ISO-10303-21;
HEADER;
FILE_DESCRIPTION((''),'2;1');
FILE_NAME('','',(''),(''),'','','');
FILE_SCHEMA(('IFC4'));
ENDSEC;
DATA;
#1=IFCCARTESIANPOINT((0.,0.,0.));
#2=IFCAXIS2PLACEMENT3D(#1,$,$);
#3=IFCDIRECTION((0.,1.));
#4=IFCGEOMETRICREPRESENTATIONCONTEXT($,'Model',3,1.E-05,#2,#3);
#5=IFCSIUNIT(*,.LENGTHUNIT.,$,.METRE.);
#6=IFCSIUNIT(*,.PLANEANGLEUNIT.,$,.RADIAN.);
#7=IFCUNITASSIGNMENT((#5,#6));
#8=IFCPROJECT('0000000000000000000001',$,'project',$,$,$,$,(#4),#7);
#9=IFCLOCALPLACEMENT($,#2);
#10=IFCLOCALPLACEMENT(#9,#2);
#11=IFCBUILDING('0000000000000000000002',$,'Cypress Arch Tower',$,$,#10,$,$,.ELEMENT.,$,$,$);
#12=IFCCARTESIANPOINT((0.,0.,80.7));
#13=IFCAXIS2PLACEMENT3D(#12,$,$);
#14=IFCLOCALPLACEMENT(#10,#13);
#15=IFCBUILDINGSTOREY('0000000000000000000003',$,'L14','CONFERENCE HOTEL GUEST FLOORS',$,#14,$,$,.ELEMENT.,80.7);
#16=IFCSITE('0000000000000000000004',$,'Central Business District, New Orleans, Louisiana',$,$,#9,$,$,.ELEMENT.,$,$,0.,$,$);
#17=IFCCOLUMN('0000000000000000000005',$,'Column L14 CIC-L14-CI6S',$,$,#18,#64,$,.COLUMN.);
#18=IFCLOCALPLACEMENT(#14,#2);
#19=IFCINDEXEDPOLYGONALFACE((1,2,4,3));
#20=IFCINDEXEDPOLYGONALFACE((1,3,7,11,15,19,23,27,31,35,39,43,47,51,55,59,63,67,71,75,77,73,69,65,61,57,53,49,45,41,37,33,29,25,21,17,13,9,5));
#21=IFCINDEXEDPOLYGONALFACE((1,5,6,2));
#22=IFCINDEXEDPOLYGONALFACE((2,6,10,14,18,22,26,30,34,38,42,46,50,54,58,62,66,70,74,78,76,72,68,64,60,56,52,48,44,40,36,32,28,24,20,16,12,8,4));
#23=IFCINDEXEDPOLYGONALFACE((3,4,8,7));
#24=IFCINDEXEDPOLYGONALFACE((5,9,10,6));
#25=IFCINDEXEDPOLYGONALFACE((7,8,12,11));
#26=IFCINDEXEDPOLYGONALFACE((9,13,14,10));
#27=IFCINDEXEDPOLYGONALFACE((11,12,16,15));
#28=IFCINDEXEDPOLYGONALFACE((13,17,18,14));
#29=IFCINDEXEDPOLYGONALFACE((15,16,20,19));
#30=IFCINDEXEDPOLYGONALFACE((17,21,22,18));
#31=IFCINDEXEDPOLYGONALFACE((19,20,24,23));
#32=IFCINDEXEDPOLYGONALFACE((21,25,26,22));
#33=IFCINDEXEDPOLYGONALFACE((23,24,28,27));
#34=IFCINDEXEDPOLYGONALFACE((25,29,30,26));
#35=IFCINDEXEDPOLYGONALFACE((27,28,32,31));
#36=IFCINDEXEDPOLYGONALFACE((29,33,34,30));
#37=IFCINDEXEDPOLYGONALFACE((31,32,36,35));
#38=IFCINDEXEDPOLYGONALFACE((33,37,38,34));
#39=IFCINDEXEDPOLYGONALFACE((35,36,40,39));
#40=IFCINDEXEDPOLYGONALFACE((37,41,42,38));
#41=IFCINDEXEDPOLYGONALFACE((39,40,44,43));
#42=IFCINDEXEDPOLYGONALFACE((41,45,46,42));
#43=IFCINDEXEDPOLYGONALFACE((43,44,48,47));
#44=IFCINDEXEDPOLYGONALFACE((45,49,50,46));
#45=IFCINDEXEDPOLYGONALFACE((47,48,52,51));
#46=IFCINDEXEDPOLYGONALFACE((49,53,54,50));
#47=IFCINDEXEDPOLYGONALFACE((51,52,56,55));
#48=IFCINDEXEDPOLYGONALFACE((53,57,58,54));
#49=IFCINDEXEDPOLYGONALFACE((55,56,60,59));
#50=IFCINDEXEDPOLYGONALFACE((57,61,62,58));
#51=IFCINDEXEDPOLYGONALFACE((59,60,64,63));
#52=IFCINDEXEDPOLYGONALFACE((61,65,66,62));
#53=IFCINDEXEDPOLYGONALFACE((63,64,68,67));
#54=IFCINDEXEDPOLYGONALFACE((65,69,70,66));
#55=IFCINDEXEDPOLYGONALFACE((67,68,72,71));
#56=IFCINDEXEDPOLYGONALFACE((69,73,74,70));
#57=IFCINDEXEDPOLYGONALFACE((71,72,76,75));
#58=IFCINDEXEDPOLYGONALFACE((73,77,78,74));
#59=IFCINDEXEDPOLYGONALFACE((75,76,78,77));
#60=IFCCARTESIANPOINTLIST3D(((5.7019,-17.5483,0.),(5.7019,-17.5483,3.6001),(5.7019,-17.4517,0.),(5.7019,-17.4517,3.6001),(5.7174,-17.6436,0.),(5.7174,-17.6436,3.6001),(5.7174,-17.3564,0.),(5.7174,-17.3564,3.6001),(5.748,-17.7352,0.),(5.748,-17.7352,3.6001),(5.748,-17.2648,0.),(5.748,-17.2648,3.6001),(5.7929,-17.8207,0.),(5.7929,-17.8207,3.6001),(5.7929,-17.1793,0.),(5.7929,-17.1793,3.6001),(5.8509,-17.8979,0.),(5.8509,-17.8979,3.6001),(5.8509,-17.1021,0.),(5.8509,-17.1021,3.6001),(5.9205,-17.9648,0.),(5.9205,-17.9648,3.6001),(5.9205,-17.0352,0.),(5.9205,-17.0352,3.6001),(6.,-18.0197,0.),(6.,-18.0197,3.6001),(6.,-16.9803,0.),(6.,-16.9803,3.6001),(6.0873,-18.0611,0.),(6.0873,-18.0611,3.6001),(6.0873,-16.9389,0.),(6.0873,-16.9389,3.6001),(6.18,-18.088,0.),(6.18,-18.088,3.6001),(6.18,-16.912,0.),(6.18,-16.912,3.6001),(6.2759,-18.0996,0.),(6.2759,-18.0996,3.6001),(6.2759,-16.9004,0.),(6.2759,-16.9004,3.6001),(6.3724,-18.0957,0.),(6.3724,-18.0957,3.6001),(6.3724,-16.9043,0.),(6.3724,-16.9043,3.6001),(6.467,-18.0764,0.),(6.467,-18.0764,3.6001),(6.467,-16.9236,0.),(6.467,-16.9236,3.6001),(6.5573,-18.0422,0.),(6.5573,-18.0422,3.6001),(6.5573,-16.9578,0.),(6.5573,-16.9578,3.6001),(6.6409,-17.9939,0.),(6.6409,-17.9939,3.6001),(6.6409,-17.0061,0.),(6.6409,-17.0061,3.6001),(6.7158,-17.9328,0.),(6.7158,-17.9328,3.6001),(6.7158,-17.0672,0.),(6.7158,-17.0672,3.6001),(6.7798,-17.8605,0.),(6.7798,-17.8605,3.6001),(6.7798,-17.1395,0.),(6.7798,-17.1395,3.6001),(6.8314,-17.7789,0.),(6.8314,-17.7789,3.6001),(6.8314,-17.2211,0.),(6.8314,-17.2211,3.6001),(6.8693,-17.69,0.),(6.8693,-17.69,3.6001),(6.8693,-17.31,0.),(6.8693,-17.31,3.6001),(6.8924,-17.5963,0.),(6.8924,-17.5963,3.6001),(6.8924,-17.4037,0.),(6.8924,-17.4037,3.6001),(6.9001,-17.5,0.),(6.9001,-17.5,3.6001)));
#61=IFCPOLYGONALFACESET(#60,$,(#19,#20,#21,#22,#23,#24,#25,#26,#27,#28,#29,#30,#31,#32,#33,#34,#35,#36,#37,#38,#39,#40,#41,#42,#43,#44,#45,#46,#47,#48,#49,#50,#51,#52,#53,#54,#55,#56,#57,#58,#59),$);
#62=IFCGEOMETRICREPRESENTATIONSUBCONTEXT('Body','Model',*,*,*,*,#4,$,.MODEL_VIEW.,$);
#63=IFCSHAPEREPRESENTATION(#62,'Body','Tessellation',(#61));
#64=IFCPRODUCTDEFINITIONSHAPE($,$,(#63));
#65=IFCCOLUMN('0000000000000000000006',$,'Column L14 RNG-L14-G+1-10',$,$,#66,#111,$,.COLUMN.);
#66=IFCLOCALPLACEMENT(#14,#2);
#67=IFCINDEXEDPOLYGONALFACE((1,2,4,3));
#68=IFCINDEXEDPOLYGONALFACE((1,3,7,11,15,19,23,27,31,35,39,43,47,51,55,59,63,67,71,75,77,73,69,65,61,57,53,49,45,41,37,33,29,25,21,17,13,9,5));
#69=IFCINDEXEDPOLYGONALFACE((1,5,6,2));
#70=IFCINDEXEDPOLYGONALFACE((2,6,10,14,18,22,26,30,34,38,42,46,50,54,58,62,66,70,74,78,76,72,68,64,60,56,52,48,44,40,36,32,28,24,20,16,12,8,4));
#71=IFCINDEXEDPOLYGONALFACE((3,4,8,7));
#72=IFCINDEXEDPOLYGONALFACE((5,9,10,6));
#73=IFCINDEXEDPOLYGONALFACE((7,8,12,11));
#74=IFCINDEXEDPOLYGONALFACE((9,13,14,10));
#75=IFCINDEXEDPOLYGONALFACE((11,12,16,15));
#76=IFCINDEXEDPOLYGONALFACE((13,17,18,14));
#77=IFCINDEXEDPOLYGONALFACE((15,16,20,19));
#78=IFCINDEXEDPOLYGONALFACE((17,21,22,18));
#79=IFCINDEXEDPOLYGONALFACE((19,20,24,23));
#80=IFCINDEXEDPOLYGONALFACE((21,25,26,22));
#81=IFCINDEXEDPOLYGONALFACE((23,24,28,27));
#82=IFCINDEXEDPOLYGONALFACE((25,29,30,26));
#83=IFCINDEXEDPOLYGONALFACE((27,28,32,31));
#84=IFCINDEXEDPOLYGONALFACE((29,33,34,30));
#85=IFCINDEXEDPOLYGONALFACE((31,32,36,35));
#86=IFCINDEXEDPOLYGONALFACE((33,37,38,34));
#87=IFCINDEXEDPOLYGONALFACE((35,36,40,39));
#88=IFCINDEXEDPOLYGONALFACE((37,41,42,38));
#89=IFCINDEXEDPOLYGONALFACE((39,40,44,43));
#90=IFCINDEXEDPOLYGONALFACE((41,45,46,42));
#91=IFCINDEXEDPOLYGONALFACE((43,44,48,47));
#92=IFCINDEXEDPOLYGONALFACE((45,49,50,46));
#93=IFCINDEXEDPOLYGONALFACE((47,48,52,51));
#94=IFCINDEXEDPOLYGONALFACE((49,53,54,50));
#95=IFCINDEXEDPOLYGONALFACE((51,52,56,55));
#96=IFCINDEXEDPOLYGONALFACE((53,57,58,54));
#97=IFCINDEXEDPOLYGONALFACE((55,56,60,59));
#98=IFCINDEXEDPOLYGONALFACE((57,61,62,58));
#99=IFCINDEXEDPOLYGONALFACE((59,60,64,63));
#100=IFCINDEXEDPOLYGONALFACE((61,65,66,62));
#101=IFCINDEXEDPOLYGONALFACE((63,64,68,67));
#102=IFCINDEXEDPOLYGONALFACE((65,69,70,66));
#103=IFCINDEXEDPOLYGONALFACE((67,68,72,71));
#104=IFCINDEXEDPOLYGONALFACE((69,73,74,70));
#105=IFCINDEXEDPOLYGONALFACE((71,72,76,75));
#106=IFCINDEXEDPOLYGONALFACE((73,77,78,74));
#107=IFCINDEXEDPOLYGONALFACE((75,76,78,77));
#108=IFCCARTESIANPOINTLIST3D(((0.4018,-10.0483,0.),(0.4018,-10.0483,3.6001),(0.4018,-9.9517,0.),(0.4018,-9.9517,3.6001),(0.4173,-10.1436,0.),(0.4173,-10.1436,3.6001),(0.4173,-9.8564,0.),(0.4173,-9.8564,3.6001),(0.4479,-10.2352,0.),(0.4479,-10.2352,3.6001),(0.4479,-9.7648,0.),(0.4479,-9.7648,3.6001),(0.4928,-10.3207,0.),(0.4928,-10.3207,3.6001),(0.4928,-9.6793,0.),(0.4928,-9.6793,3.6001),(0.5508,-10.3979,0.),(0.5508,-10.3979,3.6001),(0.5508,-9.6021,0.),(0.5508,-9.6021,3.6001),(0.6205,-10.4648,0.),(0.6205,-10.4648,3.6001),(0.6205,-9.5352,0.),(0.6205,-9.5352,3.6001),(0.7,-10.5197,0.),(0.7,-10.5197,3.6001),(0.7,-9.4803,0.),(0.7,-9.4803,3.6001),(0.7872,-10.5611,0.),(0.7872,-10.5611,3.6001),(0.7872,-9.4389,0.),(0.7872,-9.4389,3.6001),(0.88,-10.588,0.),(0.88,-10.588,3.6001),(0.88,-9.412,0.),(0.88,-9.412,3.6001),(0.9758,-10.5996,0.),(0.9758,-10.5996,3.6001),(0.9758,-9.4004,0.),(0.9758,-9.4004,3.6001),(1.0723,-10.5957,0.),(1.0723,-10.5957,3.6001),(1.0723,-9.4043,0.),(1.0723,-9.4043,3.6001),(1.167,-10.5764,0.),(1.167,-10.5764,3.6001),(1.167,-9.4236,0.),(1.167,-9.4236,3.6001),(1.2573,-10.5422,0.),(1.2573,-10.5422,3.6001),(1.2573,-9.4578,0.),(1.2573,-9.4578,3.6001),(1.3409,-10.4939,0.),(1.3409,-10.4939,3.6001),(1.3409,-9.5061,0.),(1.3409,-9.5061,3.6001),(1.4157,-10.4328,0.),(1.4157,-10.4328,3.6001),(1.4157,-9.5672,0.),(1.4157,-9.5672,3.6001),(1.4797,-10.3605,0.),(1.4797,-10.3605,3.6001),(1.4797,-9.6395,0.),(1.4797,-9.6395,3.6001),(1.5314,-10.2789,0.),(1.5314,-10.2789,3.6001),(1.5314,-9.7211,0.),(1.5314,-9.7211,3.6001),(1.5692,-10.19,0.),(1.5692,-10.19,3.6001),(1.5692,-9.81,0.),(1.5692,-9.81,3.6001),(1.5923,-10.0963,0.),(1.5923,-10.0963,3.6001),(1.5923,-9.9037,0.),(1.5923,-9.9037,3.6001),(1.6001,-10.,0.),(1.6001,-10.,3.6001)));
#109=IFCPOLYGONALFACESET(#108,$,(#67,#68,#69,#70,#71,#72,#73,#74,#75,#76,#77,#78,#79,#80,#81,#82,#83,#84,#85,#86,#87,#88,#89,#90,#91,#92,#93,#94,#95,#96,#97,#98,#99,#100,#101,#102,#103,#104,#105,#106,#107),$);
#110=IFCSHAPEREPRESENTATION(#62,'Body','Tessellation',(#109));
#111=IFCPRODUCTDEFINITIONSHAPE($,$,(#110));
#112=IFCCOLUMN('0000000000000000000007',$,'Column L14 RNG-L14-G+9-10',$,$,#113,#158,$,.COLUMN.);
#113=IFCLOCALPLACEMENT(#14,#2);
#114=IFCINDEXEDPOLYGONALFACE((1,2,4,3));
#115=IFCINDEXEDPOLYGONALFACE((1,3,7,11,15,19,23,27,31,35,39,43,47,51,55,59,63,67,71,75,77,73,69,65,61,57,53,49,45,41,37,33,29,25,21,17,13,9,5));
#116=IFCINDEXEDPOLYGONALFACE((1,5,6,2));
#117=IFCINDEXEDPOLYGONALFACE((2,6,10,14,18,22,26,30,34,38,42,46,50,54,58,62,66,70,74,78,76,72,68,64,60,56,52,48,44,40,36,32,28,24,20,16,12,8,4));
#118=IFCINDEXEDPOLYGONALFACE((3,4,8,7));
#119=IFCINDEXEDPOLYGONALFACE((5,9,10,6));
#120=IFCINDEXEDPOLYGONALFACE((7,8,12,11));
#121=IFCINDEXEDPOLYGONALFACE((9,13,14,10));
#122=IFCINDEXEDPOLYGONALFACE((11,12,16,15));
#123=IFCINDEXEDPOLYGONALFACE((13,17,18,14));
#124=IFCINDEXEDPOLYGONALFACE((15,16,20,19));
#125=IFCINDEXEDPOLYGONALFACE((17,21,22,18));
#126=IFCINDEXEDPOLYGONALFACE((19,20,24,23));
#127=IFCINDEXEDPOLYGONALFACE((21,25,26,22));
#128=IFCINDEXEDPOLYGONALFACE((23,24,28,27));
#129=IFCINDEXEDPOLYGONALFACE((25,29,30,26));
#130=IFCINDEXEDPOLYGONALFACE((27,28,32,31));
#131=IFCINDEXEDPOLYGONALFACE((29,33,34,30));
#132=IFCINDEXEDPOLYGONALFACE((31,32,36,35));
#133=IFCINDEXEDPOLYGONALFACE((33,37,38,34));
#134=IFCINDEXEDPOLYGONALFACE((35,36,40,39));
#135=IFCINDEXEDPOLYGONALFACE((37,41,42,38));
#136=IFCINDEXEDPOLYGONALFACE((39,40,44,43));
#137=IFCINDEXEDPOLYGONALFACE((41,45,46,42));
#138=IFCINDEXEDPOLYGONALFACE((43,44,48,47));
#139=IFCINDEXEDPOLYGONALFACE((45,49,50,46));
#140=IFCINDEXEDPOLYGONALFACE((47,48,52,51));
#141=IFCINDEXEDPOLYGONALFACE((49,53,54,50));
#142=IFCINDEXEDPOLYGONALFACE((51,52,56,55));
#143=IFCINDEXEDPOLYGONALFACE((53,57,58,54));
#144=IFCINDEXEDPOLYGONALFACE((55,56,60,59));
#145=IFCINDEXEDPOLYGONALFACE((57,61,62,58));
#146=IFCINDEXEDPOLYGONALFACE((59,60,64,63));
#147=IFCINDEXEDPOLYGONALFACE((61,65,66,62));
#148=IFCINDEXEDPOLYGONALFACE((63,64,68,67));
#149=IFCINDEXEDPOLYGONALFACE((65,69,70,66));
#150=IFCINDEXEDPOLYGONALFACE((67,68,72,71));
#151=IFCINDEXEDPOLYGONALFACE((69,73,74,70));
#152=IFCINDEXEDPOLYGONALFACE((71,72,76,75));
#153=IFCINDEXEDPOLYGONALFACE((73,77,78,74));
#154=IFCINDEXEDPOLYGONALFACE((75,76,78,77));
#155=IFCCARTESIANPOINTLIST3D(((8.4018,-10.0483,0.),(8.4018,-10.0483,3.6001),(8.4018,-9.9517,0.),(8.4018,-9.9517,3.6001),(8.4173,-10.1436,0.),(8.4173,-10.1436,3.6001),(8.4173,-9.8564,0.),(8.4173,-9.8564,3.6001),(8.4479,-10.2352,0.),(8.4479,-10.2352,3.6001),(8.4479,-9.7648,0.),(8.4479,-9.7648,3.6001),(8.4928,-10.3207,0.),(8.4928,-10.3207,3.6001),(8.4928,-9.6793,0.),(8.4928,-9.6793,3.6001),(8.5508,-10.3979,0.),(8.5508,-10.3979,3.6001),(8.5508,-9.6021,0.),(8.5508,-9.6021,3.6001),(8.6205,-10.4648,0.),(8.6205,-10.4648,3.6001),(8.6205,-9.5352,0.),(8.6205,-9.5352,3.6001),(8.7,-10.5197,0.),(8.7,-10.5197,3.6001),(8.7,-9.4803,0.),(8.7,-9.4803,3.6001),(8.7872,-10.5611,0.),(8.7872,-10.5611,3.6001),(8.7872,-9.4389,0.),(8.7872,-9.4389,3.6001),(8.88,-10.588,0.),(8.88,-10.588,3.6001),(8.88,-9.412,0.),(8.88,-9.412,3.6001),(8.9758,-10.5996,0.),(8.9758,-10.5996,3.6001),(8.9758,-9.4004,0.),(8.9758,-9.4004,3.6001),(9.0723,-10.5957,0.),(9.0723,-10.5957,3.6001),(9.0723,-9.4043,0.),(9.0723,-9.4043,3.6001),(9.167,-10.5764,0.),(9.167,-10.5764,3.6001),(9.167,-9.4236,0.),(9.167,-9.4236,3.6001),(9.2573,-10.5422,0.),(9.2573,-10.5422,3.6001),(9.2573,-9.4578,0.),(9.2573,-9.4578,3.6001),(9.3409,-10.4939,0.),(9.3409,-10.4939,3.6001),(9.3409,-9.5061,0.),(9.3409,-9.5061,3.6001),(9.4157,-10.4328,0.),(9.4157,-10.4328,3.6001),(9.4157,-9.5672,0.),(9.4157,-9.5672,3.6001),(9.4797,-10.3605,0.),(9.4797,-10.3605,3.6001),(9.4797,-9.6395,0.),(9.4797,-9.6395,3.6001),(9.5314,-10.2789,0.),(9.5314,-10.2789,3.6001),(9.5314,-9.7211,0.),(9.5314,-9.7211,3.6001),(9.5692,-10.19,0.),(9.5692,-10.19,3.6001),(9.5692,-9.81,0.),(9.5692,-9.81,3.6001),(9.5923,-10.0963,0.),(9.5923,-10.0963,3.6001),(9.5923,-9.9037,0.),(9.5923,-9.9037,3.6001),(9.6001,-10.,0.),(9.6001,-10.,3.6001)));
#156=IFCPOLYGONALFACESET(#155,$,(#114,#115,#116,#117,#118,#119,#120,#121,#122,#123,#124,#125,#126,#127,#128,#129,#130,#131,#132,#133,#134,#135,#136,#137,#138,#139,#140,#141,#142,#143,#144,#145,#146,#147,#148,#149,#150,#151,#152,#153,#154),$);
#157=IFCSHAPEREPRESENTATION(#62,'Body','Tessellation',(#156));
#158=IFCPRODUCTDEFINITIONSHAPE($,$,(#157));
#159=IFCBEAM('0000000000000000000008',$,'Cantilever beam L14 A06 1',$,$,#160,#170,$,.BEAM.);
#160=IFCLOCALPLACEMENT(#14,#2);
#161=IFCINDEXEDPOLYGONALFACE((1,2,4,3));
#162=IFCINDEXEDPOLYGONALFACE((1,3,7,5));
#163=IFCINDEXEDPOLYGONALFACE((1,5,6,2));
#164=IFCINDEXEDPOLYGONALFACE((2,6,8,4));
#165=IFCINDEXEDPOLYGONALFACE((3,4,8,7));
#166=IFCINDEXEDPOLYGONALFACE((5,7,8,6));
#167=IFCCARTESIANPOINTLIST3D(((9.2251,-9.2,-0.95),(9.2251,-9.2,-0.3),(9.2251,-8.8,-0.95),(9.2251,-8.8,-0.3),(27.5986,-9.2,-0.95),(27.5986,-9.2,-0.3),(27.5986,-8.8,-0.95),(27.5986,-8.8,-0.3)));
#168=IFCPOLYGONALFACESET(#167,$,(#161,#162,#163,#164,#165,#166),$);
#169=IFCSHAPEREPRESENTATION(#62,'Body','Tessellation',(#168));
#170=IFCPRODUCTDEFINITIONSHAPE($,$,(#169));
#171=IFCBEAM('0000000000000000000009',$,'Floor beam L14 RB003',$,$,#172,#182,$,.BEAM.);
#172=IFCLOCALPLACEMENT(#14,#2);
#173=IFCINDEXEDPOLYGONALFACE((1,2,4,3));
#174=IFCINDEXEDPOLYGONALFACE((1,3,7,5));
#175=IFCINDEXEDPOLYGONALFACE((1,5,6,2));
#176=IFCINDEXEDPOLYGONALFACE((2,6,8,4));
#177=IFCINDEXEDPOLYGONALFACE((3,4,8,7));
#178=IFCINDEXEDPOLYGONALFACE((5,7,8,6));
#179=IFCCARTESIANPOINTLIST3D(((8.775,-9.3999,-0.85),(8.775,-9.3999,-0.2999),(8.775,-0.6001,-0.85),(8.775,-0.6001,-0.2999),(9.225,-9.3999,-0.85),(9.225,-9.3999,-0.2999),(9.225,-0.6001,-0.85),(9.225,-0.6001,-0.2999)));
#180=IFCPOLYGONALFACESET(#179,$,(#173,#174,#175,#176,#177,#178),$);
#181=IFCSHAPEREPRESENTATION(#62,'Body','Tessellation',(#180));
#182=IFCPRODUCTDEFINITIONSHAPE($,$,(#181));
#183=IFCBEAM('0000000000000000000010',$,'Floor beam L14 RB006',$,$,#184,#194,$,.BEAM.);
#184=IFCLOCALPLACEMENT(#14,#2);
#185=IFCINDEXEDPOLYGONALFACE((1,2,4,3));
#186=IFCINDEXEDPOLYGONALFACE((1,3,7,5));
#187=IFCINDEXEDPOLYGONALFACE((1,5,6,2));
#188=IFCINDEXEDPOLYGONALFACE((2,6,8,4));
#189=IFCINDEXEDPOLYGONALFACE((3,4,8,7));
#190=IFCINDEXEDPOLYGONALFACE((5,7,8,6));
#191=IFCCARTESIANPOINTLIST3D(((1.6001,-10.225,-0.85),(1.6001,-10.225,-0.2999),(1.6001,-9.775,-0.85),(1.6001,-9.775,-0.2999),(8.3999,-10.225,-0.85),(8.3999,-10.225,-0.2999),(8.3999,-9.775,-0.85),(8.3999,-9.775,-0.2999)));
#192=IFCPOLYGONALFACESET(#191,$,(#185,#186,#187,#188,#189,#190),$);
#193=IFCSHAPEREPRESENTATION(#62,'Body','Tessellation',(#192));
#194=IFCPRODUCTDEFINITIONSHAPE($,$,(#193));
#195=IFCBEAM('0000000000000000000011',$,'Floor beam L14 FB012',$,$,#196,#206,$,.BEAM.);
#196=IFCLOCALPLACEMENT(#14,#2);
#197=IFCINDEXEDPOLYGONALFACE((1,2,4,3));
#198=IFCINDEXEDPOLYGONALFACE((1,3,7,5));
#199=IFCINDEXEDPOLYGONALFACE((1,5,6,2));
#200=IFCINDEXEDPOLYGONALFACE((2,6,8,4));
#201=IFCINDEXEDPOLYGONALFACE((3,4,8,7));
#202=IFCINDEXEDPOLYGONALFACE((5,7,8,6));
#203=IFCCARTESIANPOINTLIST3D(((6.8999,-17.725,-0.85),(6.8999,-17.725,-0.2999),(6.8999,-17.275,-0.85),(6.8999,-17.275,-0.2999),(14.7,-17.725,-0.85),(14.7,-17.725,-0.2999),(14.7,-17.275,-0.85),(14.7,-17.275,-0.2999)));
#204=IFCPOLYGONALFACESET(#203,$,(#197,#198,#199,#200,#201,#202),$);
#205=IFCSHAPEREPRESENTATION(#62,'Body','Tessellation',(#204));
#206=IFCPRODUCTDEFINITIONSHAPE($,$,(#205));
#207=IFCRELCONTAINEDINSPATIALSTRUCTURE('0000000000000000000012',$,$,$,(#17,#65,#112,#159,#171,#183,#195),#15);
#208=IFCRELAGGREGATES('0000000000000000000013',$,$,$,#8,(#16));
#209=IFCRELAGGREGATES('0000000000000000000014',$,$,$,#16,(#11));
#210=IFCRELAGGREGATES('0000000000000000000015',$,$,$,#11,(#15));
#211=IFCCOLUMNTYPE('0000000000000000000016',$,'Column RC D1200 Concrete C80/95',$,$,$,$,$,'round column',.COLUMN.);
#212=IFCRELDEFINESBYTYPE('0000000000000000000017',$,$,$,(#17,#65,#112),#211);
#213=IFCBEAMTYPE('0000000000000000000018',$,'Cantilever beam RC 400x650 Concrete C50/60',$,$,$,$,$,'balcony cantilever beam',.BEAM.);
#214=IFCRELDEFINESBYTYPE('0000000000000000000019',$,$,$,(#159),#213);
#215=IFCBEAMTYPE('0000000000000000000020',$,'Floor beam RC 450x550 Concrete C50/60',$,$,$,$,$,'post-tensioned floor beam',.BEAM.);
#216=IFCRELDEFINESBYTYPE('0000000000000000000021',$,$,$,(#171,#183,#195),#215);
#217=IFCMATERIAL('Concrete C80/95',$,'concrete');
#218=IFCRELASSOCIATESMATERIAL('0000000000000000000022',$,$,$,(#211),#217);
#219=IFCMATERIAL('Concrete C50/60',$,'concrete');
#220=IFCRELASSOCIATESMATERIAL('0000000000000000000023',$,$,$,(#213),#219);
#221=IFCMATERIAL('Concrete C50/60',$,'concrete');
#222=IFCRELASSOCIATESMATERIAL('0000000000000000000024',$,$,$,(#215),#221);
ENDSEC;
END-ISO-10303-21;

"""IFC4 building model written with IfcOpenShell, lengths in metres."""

from ifc_helpers import new_model, si_unit, direction, frame, origin, origin_2d, place, context, subcontext, project, spatial, rectangle, circle, extrude, material, material_profile, profile_set, type_object, element, save


model = new_model("IFC4")

# Units and contexts
model_context = context("Model", 3, precision=1e-05, world=origin(), true_north=direction((0.0, 1.0)))
body_context = subcontext(model_context, "Body", "Model", "MODEL_VIEW")
ifc_project = project(units=[si_unit("LENGTHUNIT", "METRE"), si_unit("PLANEANGLEUNIT", "RADIAN")], contexts=[model_context])

# Site, building, storey
site_placement = place(None, origin())
site = spatial("IfcSite", under=ifc_project, at=site_placement, Name="Central Business District, New Orleans, Louisiana", CompositionType="ELEMENT", RefElevation=0.0)
building_placement = place(site_placement, origin())
building = spatial("IfcBuilding", under=site, at=building_placement, Name="Cypress Arch Tower", CompositionType="ELEMENT")
storey_placement = place(building_placement, frame((0.0, 0.0, 80.7)))
storey = spatial("IfcBuildingStorey", under=building, at=storey_placement, Name="L14", Description="CONFERENCE HOTEL GUEST FLOORS", CompositionType="ELEMENT", Elevation=80.7)

# Columns
ifc_material_1 = material(Name="Concrete C80/95", Category="concrete")
ifc_material_profile_1 = material_profile(ifc_material_1, circle(Radius=0.6001, at=origin_2d()), Name="RC D1200")
ifc_profile_set_1 = profile_set([ifc_material_profile_1], Name="Concrete C80/95")
column_type = type_object("IfcColumnType", Name="Column RC D1200 Concrete C80/95", ElementType="round column", PredefinedType="COLUMN", material=ifc_profile_set_1)
for number, where, z_axis, x_axis, name in (
    (1, (6.3, -17.5, 0.0), (0.0, 0.0, 1.0), (1.0, 0.0, 0.0), "Column L14 CIC-L14-CI6S"),
    (2, (1.0, -10.0, 0.0), (0.0, 0.0, 1.0), (1.0, 0.0, 0.0), "Column L14 RNG-L14-G+1-10"),
    (3, (9.0, -10.0, 0.0), (0.0, 0.0, 1.0), (1.0, 0.0, 0.0), "Column L14 RNG-L14-G+9-10"),
):
    element("IfcColumn", number, at=place(storey_placement, frame(where, z_axis=z_axis, x_axis=x_axis)), inside=storey, type_object=column_type, Name=name, PredefinedType="COLUMN", context=body_context, shape_type="SweptSolid", body=[
        extrude(circle(Radius=0.6001, at=origin_2d()), origin(), (0.0, 0.0, 1.0), 3.6001),
    ])

# Beams
ifc_material_2 = material(Name="Concrete C50/60", Category="concrete")
ifc_material_profile_2 = material_profile(ifc_material_2, rectangle(XDim=0.3999, YDim=0.6499, at=origin_2d()), Name="RC 400x650")
ifc_profile_set_2 = profile_set([ifc_material_profile_2], Name="Concrete C50/60")
beam_type_1 = type_object("IfcBeamType", Name="Cantilever beam RC 400x650 Concrete C50/60", ElementType="balcony cantilever beam", PredefinedType="BEAM", material=ifc_profile_set_2)
beam_1_placement = place(storey_placement, frame((9.2251, -9.0, -0.625), z_axis=(1.0, 0.0, 0.0), x_axis=(0.0, 1.0, 0.0)))
element("IfcBeam", 4, at=beam_1_placement, inside=storey, type_object=beam_type_1, Name="Cantilever beam L14 A06 1", PredefinedType="BEAM", context=body_context, shape_type="SweptSolid", body=[
    extrude(rectangle(XDim=0.3999, YDim=0.6499, at=origin_2d()), origin(), (0.0, 0.0, 1.0), 18.3735),
])
ifc_material_3 = material(Name="Concrete C50/60", Category="concrete")
ifc_material_profile_3 = material_profile(ifc_material_3, rectangle(XDim=0.45, YDim=0.55, at=origin_2d()), Name="RC 450x550")
ifc_profile_set_3 = profile_set([ifc_material_profile_3], Name="Concrete C50/60")
beam_type_2 = type_object("IfcBeamType", Name="Floor beam RC 450x550 Concrete C50/60", ElementType="post-tensioned floor beam", PredefinedType="BEAM", material=ifc_profile_set_3)
beam_2_placement = place(storey_placement, frame((9.0, -9.3999, -0.575), z_axis=(0.0, 1.0, 0.0), x_axis=(-1.0, 0.0, 0.0)))
element("IfcBeam", 5, at=beam_2_placement, inside=storey, type_object=beam_type_2, Name="Floor beam L14 RB003", PredefinedType="BEAM", context=body_context, shape_type="SweptSolid", body=[
    extrude(rectangle(XDim=0.45, YDim=0.55, at=origin_2d()), origin(), (0.0, 0.0, 1.0), 8.7998),
])
beam_3_placement = place(storey_placement, frame((1.6001, -10.0, -0.575), z_axis=(1.0, 0.0, 0.0), x_axis=(0.0, 1.0, 0.0)))
element("IfcBeam", 6, at=beam_3_placement, inside=storey, type_object=beam_type_2, Name="Floor beam L14 RB006", PredefinedType="BEAM", context=body_context, shape_type="SweptSolid", body=[
    extrude(rectangle(XDim=0.45, YDim=0.55, at=origin_2d()), origin(), (0.0, 0.0, 1.0), 6.7998),
])
beam_4_placement = place(storey_placement, frame((6.8999, -17.5, -0.575), z_axis=(1.0, 0.0, 0.0), x_axis=(0.0, 1.0, 0.0)))
element("IfcBeam", 7, at=beam_4_placement, inside=storey, type_object=beam_type_2, Name="Floor beam L14 FB012", PredefinedType="BEAM", context=body_context, shape_type="SweptSolid", body=[
    extrude(rectangle(XDim=0.45, YDim=0.55, at=origin_2d()), origin(), (0.0, 0.0, 1.0), 7.8),
])

save(model, "model.ifc")
